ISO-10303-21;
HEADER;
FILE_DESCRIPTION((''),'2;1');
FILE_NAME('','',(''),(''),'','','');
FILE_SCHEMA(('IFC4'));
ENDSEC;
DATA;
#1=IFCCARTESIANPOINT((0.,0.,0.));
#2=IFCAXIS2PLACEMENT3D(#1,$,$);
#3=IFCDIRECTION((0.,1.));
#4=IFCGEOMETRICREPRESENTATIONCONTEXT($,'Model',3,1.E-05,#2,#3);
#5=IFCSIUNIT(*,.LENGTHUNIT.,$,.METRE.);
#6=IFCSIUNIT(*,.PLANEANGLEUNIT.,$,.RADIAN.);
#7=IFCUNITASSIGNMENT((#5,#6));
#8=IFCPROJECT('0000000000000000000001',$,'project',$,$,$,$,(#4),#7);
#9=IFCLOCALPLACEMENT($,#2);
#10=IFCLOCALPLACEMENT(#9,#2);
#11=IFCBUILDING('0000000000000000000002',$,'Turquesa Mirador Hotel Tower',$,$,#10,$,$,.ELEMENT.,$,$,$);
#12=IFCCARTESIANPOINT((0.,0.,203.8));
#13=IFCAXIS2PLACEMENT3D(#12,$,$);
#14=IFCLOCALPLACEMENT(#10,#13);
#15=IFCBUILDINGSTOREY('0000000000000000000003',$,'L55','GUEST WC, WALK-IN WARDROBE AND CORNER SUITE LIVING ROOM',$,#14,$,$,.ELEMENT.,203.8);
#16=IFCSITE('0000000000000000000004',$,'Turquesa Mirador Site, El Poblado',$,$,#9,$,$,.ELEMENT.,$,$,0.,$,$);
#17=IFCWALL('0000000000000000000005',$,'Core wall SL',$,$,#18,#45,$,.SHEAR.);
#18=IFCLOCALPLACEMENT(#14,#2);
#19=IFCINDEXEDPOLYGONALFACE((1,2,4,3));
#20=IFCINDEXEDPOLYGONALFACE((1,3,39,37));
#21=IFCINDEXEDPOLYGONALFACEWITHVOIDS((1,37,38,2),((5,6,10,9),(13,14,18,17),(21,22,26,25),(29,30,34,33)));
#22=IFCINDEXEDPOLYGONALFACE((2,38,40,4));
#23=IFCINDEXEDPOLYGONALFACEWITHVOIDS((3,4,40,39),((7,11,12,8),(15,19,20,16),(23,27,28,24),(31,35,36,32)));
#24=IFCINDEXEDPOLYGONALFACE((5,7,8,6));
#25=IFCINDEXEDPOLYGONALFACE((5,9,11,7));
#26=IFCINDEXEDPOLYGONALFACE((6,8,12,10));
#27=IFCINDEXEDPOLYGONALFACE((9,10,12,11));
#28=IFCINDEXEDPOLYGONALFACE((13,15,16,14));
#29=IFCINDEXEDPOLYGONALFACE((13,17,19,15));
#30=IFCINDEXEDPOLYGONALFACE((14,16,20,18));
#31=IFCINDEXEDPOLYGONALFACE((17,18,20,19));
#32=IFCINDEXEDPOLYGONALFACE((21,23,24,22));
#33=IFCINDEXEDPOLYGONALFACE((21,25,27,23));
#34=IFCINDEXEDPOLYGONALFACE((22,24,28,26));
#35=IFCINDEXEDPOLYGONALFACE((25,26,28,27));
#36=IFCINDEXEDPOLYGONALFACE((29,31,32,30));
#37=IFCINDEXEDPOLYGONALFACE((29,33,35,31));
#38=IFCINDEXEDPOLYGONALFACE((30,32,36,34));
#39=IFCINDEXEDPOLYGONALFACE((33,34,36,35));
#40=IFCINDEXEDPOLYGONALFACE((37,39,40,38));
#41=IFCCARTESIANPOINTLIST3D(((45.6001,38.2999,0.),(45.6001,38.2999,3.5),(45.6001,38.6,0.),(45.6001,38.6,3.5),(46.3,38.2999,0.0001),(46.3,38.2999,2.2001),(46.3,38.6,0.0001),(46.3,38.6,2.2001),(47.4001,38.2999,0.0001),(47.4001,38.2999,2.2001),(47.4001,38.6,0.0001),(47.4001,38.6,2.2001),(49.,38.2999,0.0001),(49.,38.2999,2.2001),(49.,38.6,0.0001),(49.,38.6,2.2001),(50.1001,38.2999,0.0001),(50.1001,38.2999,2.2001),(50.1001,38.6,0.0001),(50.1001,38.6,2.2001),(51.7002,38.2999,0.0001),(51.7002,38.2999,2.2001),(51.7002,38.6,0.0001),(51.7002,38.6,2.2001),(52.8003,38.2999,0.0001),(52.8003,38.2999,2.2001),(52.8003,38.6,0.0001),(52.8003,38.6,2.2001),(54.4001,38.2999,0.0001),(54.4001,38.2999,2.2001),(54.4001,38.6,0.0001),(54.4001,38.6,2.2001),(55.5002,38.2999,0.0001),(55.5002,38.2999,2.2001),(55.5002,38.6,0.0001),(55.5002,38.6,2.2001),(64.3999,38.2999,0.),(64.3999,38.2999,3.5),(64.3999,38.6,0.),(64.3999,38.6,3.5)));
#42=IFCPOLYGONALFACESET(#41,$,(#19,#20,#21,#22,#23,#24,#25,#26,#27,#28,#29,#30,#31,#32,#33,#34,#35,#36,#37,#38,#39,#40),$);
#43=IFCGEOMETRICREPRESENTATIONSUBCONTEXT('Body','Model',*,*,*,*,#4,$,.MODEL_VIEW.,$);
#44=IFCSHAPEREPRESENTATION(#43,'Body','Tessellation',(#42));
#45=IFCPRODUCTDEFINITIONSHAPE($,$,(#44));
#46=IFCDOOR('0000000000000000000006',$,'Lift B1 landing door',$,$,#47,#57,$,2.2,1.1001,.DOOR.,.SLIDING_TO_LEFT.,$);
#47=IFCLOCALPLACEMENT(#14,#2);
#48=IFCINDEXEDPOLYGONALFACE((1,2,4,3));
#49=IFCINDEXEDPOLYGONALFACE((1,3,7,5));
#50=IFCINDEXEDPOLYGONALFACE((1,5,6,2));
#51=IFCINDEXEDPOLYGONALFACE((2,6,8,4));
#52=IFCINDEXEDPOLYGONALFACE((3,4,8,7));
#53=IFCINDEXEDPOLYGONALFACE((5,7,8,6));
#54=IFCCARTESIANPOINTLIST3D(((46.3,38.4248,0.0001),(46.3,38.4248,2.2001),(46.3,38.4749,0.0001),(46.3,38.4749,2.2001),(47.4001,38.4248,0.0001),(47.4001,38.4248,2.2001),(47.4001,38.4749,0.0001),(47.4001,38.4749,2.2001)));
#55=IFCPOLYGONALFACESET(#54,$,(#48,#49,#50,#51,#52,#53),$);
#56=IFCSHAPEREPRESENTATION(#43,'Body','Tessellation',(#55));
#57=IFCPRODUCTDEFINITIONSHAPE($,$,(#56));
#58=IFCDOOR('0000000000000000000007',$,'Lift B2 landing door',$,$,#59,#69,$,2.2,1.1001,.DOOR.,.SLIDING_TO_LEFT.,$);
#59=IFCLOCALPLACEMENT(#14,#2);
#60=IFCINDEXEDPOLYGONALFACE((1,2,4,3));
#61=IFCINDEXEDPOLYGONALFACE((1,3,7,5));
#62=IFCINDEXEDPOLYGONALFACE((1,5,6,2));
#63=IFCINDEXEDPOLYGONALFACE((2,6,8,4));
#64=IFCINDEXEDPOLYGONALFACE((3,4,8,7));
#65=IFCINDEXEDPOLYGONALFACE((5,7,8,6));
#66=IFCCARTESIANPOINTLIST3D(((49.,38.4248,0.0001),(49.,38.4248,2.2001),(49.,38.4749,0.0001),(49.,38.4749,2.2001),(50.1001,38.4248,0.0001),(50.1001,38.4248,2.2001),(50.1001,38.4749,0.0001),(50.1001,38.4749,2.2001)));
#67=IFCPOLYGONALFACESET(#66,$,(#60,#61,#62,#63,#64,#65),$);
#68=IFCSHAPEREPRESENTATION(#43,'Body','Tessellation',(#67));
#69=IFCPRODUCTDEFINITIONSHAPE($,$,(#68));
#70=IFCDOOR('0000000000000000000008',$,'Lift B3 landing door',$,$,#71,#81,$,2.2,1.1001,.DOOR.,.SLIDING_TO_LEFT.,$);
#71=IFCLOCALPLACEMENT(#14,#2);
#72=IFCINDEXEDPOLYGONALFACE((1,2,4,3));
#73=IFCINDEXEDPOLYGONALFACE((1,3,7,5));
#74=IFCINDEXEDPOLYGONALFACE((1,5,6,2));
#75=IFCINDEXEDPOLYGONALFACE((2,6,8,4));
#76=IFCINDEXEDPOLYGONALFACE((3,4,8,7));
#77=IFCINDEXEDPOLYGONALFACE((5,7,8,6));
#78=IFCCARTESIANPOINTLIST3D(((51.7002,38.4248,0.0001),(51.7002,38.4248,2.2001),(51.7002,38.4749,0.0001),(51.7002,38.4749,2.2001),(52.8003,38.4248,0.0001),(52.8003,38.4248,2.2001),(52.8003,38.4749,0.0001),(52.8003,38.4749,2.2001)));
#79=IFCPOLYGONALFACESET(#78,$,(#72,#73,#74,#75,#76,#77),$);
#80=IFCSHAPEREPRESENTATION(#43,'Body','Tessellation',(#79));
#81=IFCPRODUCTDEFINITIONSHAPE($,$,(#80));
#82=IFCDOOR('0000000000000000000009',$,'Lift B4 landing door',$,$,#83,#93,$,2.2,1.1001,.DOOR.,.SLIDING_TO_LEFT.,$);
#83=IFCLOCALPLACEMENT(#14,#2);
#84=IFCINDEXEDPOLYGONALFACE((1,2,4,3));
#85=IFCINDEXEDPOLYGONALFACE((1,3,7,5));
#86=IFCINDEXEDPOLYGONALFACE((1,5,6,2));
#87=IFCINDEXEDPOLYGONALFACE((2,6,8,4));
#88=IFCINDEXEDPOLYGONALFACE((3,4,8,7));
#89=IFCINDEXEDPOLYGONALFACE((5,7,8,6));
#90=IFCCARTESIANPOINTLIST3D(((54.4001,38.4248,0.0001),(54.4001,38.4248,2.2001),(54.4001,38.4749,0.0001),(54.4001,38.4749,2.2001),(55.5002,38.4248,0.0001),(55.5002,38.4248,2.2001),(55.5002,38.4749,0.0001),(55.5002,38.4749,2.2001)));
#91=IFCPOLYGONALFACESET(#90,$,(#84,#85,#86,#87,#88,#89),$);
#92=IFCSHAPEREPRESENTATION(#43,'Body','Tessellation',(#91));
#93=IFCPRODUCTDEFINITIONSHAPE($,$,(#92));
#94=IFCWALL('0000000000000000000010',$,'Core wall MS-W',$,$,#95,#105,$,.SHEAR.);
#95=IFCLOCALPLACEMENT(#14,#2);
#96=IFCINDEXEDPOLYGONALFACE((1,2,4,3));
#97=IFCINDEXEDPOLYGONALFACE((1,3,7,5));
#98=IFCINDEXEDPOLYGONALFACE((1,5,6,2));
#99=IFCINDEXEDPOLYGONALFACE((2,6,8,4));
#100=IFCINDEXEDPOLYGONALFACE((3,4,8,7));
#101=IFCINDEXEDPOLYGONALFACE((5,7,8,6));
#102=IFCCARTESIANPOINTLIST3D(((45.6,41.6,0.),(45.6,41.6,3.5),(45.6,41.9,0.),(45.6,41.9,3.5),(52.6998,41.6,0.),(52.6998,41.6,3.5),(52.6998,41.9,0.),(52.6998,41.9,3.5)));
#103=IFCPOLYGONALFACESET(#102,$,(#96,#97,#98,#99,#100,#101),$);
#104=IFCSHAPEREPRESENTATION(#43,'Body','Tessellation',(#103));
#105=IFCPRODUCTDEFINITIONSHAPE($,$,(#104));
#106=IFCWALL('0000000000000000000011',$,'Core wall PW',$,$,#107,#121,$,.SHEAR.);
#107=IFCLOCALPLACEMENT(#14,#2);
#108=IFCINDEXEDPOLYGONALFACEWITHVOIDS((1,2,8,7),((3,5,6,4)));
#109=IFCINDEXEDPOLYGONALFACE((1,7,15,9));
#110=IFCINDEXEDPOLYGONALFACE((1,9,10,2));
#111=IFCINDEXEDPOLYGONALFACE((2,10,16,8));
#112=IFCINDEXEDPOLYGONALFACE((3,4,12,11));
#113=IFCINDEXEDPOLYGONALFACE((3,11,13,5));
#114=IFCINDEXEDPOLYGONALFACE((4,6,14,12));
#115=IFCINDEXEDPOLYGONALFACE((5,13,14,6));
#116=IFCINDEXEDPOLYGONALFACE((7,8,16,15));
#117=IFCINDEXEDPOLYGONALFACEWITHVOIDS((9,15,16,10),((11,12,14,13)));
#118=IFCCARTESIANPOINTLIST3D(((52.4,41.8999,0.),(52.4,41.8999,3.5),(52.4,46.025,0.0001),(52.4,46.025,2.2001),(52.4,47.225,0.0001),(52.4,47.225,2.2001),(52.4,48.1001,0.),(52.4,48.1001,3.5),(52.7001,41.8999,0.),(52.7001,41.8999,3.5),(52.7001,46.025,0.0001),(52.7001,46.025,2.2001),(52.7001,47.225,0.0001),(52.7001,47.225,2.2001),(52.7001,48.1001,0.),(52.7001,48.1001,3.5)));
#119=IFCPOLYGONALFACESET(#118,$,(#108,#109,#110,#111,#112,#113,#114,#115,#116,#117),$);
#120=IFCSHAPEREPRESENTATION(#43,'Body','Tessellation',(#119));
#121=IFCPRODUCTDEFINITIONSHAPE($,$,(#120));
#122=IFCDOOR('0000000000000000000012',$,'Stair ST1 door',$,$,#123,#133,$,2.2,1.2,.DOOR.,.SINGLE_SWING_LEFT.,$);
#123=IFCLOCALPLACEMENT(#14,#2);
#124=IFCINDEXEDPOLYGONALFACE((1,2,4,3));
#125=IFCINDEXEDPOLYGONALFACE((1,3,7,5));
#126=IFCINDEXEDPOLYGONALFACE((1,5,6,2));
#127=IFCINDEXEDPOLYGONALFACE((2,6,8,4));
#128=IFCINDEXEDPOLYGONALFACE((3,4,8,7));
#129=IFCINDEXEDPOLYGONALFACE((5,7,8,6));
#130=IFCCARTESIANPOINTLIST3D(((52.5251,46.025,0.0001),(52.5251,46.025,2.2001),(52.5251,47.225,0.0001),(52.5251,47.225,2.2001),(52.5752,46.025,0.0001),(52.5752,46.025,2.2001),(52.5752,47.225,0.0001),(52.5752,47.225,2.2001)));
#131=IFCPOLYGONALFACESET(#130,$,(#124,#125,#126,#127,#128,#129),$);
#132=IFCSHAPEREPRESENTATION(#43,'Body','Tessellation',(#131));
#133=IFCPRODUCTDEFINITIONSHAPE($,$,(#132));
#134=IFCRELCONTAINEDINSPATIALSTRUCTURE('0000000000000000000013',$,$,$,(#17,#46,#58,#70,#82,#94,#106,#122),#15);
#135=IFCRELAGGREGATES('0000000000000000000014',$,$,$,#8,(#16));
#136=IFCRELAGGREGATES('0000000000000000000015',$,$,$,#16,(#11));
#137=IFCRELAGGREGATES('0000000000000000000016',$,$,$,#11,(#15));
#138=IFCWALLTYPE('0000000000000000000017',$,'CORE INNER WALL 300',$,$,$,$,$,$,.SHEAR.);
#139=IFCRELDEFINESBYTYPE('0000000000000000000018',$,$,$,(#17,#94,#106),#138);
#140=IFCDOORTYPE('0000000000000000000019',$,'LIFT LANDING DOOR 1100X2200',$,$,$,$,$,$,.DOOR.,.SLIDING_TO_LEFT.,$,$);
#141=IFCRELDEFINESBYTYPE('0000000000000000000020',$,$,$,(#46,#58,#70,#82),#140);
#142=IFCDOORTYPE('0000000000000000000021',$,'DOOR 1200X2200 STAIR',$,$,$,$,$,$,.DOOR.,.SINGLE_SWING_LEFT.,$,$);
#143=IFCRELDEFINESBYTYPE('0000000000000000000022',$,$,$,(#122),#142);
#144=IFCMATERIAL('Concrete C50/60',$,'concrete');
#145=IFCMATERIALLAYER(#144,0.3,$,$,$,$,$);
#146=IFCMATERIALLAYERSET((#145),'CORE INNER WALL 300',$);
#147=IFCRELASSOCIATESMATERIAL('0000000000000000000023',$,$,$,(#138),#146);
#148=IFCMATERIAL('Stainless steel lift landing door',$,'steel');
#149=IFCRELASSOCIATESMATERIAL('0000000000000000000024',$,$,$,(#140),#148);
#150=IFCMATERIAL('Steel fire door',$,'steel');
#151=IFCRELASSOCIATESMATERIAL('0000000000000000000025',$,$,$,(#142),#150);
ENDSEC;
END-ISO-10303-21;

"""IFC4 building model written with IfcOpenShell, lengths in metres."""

from ifc_helpers import new_model, si_unit, direction, frame, frame_2d, origin, place, context, subcontext, project, spatial, rectangle, extrude, material, layer, layer_set, type_object, element, fill, save


model = new_model("IFC4")

# Units and contexts
model_context = context("Model", 3, precision=1e-05, world=origin(), true_north=direction((0.0, 1.0)))
body_context = subcontext(model_context, "Body", "Model", "MODEL_VIEW")
ifc_project = project(units=[si_unit("LENGTHUNIT", "METRE"), si_unit("PLANEANGLEUNIT", "RADIAN")], contexts=[model_context])

# Site, building, storey
site_placement = place(None, origin())
site = spatial("IfcSite", under=ifc_project, at=site_placement, Name="Turquesa Mirador Site, El Poblado", CompositionType="ELEMENT", RefElevation=0.0)
building_placement = place(site_placement, origin())
building = spatial("IfcBuilding", under=site, at=building_placement, Name="Turquesa Mirador Hotel Tower", CompositionType="ELEMENT")
storey_placement = place(building_placement, frame((0.0, 0.0, 203.8)))
storey = spatial("IfcBuildingStorey", under=building, at=storey_placement, Name="L55", Description="GUEST WC, WALK-IN WARDROBE AND CORNER SUITE LIVING ROOM", CompositionType="ELEMENT", Elevation=203.8)

# Wall, openings, doors
ifc_material_1 = material(Name="Concrete C50/60", Category="concrete")
ifc_layer_1 = layer(ifc_material_1, 0.3)
ifc_layer_set_1 = layer_set([ifc_layer_1], Name="CORE INNER WALL 300")
wall_type_1 = type_object("IfcWallType", Name="CORE INNER WALL 300", PredefinedType="SHEAR", material=ifc_layer_set_1)
wall_1_placement = place(storey_placement, frame((45.6001, 38.45, 0.0), z_axis=(0.0, 0.0, 1.0), x_axis=(1.0, 0.0, 0.0)))
wall_1 = element("IfcWall", 1, at=wall_1_placement, inside=storey, type_object=wall_type_1, Name="Core wall SL", PredefinedType="SHEAR", context=body_context, shape_type="SweptSolid", body=[
    extrude(rectangle(XDim=18.7998, YDim=0.3, at=frame_2d((9.3999, 0.0))), origin(), (0.0, 0.0, 1.0), 3.5),
])
opening_1_placement = place(wall_1_placement, frame((0.7, 0.0, 0.0)))
opening_1 = element("IfcOpeningElement", 2, at=opening_1_placement, cuts=wall_1, PredefinedType="OPENING", context=body_context, shape_type="SweptSolid", body=[
    extrude(rectangle(XDim=1.1001, YDim=2.2, at=frame_2d((0.55, 1.1001))), frame((0.0, 0.1599, 0.0), z_axis=(0.0, -1.0, 0.0), x_axis=(1.0, 0.0, 0.0)), (0.0, 0.0, 1.0), 0.3201),
])
opening_2_placement = place(wall_1_placement, frame((3.3999, 0.0, 0.0)))
opening_2 = element("IfcOpeningElement", 3, at=opening_2_placement, cuts=wall_1, PredefinedType="OPENING", context=body_context, shape_type="SweptSolid", body=[
    extrude(rectangle(XDim=1.1001, YDim=2.2, at=frame_2d((0.55, 1.1001))), frame((0.0, 0.1599, 0.0), z_axis=(0.0, -1.0, 0.0), x_axis=(1.0, 0.0, 0.0)), (0.0, 0.0, 1.0), 0.3201),
])
opening_3_placement = place(wall_1_placement, frame((6.1001, 0.0, 0.0)))
opening_3 = element("IfcOpeningElement", 4, at=opening_3_placement, cuts=wall_1, PredefinedType="OPENING", context=body_context, shape_type="SweptSolid", body=[
    extrude(rectangle(XDim=1.1001, YDim=2.2, at=frame_2d((0.55, 1.1001))), frame((0.0, 0.1599, 0.0), z_axis=(0.0, -1.0, 0.0), x_axis=(1.0, 0.0, 0.0)), (0.0, 0.0, 1.0), 0.3201),
])
opening_4_placement = place(wall_1_placement, frame((8.8, 0.0, 0.0)))
opening_4 = element("IfcOpeningElement", 5, at=opening_4_placement, cuts=wall_1, PredefinedType="OPENING", context=body_context, shape_type="SweptSolid", body=[
    extrude(rectangle(XDim=1.1001, YDim=2.2, at=frame_2d((0.55, 1.1001))), frame((0.0, 0.1599, 0.0), z_axis=(0.0, -1.0, 0.0), x_axis=(1.0, 0.0, 0.0)), (0.0, 0.0, 1.0), 0.3201),
])
ifc_material_2 = material(Name="Stainless steel lift landing door", Category="steel")
door_type_1 = type_object("IfcDoorType", Name="LIFT LANDING DOOR 1100X2200", OperationType="SLIDING_TO_LEFT", PredefinedType="DOOR", material=ifc_material_2)
door_1_placement = place(opening_1_placement, origin())
door_1 = element("IfcDoor", 6, at=door_1_placement, inside=storey, type_object=door_type_1, Name="Lift B1 landing door", OperationType="SLIDING_TO_LEFT", OverallHeight=2.2, OverallWidth=1.1001, PredefinedType="DOOR", context=body_context, shape_type="SweptSolid", body=[
    extrude(rectangle(XDim=1.1001, YDim=2.2, at=frame_2d((0.55, 1.1001))), frame((0.0, 0.0249, 0.0), z_axis=(0.0, -1.0, 0.0), x_axis=(1.0, 0.0, 0.0)), (0.0, 0.0, 1.0), 0.05),
])
fill(opening_1, door_1)
door_2_placement = place(opening_2_placement, origin())
door_2 = element("IfcDoor", 7, at=door_2_placement, inside=storey, type_object=door_type_1, Name="Lift B2 landing door", OperationType="SLIDING_TO_LEFT", OverallHeight=2.2, OverallWidth=1.1001, PredefinedType="DOOR", context=body_context, shape_type="SweptSolid", body=[
    extrude(rectangle(XDim=1.1001, YDim=2.2, at=frame_2d((0.55, 1.1001))), frame((0.0, 0.0249, 0.0), z_axis=(0.0, -1.0, 0.0), x_axis=(1.0, 0.0, 0.0)), (0.0, 0.0, 1.0), 0.05),
])
fill(opening_2, door_2)
door_3_placement = place(opening_3_placement, origin())
door_3 = element("IfcDoor", 8, at=door_3_placement, inside=storey, type_object=door_type_1, Name="Lift B3 landing door", OperationType="SLIDING_TO_LEFT", OverallHeight=2.2, OverallWidth=1.1001, PredefinedType="DOOR", context=body_context, shape_type="SweptSolid", body=[
    extrude(rectangle(XDim=1.1001, YDim=2.2, at=frame_2d((0.55, 1.1001))), frame((0.0, 0.0249, 0.0), z_axis=(0.0, -1.0, 0.0), x_axis=(1.0, 0.0, 0.0)), (0.0, 0.0, 1.0), 0.05),
])
fill(opening_3, door_3)
door_4_placement = place(opening_4_placement, origin())
door_4 = element("IfcDoor", 9, at=door_4_placement, inside=storey, type_object=door_type_1, Name="Lift B4 landing door", OperationType="SLIDING_TO_LEFT", OverallHeight=2.2, OverallWidth=1.1001, PredefinedType="DOOR", context=body_context, shape_type="SweptSolid", body=[
    extrude(rectangle(XDim=1.1001, YDim=2.2, at=frame_2d((0.55, 1.1001))), frame((0.0, 0.0249, 0.0), z_axis=(0.0, -1.0, 0.0), x_axis=(1.0, 0.0, 0.0)), (0.0, 0.0, 1.0), 0.05),
])
fill(opening_4, door_4)

# Wall
wall_2_placement = place(storey_placement, frame((45.6001, 41.75, 0.0), z_axis=(0.0, 0.0, 1.0), x_axis=(1.0, 0.0, 0.0)))
element("IfcWall", 10, at=wall_2_placement, inside=storey, type_object=wall_type_1, Name="Core wall MS-W", PredefinedType="SHEAR", context=body_context, shape_type="SweptSolid", body=[
    extrude(rectangle(XDim=7.0999, YDim=0.3, at=frame_2d((3.5498, 0.0))), origin(), (0.0, 0.0, 1.0), 3.5),
])

# Wall, opening, door
wall_3_placement = place(storey_placement, frame((52.55, 41.8999, 0.0), z_axis=(0.0, 0.0, 1.0), x_axis=(0.0, 1.0, 0.0)))
wall_3 = element("IfcWall", 11, at=wall_3_placement, inside=storey, type_object=wall_type_1, Name="Core wall PW", PredefinedType="SHEAR", context=body_context, shape_type="SweptSolid", body=[
    extrude(rectangle(XDim=6.2002, YDim=0.3, at=frame_2d((3.1001, 0.0))), origin(), (0.0, 0.0, 1.0), 3.5),
])
opening_5_placement = place(wall_3_placement, frame((4.125, 0.0, 0.0)))
opening_5 = element("IfcOpeningElement", 12, at=opening_5_placement, cuts=wall_3, PredefinedType="OPENING", context=body_context, shape_type="SweptSolid", body=[
    extrude(rectangle(XDim=1.2, YDim=2.2, at=frame_2d((0.6001, 1.1001))), frame((0.0, 0.1599, 0.0), z_axis=(0.0, -1.0, 0.0), x_axis=(1.0, 0.0, 0.0)), (0.0, 0.0, 1.0), 0.3201),
])
ifc_material_3 = material(Name="Steel fire door", Category="steel")
door_type_2 = type_object("IfcDoorType", Name="DOOR 1200X2200 STAIR", OperationType="SINGLE_SWING_LEFT", PredefinedType="DOOR", material=ifc_material_3)
door_5_placement = place(opening_5_placement, origin())
door_5 = element("IfcDoor", 13, at=door_5_placement, inside=storey, type_object=door_type_2, Name="Stair ST1 door", OperationType="SINGLE_SWING_LEFT", OverallHeight=2.2, OverallWidth=1.2, PredefinedType="DOOR", context=body_context, shape_type="SweptSolid", body=[
    extrude(rectangle(XDim=1.2, YDim=2.2, at=frame_2d((0.6001, 1.1001))), frame((0.0, 0.0249, 0.0), z_axis=(0.0, -1.0, 0.0), x_axis=(1.0, 0.0, 0.0)), (0.0, 0.0, 1.0), 0.05),
])
fill(opening_5, door_5)

save(model, "model.ifc")
